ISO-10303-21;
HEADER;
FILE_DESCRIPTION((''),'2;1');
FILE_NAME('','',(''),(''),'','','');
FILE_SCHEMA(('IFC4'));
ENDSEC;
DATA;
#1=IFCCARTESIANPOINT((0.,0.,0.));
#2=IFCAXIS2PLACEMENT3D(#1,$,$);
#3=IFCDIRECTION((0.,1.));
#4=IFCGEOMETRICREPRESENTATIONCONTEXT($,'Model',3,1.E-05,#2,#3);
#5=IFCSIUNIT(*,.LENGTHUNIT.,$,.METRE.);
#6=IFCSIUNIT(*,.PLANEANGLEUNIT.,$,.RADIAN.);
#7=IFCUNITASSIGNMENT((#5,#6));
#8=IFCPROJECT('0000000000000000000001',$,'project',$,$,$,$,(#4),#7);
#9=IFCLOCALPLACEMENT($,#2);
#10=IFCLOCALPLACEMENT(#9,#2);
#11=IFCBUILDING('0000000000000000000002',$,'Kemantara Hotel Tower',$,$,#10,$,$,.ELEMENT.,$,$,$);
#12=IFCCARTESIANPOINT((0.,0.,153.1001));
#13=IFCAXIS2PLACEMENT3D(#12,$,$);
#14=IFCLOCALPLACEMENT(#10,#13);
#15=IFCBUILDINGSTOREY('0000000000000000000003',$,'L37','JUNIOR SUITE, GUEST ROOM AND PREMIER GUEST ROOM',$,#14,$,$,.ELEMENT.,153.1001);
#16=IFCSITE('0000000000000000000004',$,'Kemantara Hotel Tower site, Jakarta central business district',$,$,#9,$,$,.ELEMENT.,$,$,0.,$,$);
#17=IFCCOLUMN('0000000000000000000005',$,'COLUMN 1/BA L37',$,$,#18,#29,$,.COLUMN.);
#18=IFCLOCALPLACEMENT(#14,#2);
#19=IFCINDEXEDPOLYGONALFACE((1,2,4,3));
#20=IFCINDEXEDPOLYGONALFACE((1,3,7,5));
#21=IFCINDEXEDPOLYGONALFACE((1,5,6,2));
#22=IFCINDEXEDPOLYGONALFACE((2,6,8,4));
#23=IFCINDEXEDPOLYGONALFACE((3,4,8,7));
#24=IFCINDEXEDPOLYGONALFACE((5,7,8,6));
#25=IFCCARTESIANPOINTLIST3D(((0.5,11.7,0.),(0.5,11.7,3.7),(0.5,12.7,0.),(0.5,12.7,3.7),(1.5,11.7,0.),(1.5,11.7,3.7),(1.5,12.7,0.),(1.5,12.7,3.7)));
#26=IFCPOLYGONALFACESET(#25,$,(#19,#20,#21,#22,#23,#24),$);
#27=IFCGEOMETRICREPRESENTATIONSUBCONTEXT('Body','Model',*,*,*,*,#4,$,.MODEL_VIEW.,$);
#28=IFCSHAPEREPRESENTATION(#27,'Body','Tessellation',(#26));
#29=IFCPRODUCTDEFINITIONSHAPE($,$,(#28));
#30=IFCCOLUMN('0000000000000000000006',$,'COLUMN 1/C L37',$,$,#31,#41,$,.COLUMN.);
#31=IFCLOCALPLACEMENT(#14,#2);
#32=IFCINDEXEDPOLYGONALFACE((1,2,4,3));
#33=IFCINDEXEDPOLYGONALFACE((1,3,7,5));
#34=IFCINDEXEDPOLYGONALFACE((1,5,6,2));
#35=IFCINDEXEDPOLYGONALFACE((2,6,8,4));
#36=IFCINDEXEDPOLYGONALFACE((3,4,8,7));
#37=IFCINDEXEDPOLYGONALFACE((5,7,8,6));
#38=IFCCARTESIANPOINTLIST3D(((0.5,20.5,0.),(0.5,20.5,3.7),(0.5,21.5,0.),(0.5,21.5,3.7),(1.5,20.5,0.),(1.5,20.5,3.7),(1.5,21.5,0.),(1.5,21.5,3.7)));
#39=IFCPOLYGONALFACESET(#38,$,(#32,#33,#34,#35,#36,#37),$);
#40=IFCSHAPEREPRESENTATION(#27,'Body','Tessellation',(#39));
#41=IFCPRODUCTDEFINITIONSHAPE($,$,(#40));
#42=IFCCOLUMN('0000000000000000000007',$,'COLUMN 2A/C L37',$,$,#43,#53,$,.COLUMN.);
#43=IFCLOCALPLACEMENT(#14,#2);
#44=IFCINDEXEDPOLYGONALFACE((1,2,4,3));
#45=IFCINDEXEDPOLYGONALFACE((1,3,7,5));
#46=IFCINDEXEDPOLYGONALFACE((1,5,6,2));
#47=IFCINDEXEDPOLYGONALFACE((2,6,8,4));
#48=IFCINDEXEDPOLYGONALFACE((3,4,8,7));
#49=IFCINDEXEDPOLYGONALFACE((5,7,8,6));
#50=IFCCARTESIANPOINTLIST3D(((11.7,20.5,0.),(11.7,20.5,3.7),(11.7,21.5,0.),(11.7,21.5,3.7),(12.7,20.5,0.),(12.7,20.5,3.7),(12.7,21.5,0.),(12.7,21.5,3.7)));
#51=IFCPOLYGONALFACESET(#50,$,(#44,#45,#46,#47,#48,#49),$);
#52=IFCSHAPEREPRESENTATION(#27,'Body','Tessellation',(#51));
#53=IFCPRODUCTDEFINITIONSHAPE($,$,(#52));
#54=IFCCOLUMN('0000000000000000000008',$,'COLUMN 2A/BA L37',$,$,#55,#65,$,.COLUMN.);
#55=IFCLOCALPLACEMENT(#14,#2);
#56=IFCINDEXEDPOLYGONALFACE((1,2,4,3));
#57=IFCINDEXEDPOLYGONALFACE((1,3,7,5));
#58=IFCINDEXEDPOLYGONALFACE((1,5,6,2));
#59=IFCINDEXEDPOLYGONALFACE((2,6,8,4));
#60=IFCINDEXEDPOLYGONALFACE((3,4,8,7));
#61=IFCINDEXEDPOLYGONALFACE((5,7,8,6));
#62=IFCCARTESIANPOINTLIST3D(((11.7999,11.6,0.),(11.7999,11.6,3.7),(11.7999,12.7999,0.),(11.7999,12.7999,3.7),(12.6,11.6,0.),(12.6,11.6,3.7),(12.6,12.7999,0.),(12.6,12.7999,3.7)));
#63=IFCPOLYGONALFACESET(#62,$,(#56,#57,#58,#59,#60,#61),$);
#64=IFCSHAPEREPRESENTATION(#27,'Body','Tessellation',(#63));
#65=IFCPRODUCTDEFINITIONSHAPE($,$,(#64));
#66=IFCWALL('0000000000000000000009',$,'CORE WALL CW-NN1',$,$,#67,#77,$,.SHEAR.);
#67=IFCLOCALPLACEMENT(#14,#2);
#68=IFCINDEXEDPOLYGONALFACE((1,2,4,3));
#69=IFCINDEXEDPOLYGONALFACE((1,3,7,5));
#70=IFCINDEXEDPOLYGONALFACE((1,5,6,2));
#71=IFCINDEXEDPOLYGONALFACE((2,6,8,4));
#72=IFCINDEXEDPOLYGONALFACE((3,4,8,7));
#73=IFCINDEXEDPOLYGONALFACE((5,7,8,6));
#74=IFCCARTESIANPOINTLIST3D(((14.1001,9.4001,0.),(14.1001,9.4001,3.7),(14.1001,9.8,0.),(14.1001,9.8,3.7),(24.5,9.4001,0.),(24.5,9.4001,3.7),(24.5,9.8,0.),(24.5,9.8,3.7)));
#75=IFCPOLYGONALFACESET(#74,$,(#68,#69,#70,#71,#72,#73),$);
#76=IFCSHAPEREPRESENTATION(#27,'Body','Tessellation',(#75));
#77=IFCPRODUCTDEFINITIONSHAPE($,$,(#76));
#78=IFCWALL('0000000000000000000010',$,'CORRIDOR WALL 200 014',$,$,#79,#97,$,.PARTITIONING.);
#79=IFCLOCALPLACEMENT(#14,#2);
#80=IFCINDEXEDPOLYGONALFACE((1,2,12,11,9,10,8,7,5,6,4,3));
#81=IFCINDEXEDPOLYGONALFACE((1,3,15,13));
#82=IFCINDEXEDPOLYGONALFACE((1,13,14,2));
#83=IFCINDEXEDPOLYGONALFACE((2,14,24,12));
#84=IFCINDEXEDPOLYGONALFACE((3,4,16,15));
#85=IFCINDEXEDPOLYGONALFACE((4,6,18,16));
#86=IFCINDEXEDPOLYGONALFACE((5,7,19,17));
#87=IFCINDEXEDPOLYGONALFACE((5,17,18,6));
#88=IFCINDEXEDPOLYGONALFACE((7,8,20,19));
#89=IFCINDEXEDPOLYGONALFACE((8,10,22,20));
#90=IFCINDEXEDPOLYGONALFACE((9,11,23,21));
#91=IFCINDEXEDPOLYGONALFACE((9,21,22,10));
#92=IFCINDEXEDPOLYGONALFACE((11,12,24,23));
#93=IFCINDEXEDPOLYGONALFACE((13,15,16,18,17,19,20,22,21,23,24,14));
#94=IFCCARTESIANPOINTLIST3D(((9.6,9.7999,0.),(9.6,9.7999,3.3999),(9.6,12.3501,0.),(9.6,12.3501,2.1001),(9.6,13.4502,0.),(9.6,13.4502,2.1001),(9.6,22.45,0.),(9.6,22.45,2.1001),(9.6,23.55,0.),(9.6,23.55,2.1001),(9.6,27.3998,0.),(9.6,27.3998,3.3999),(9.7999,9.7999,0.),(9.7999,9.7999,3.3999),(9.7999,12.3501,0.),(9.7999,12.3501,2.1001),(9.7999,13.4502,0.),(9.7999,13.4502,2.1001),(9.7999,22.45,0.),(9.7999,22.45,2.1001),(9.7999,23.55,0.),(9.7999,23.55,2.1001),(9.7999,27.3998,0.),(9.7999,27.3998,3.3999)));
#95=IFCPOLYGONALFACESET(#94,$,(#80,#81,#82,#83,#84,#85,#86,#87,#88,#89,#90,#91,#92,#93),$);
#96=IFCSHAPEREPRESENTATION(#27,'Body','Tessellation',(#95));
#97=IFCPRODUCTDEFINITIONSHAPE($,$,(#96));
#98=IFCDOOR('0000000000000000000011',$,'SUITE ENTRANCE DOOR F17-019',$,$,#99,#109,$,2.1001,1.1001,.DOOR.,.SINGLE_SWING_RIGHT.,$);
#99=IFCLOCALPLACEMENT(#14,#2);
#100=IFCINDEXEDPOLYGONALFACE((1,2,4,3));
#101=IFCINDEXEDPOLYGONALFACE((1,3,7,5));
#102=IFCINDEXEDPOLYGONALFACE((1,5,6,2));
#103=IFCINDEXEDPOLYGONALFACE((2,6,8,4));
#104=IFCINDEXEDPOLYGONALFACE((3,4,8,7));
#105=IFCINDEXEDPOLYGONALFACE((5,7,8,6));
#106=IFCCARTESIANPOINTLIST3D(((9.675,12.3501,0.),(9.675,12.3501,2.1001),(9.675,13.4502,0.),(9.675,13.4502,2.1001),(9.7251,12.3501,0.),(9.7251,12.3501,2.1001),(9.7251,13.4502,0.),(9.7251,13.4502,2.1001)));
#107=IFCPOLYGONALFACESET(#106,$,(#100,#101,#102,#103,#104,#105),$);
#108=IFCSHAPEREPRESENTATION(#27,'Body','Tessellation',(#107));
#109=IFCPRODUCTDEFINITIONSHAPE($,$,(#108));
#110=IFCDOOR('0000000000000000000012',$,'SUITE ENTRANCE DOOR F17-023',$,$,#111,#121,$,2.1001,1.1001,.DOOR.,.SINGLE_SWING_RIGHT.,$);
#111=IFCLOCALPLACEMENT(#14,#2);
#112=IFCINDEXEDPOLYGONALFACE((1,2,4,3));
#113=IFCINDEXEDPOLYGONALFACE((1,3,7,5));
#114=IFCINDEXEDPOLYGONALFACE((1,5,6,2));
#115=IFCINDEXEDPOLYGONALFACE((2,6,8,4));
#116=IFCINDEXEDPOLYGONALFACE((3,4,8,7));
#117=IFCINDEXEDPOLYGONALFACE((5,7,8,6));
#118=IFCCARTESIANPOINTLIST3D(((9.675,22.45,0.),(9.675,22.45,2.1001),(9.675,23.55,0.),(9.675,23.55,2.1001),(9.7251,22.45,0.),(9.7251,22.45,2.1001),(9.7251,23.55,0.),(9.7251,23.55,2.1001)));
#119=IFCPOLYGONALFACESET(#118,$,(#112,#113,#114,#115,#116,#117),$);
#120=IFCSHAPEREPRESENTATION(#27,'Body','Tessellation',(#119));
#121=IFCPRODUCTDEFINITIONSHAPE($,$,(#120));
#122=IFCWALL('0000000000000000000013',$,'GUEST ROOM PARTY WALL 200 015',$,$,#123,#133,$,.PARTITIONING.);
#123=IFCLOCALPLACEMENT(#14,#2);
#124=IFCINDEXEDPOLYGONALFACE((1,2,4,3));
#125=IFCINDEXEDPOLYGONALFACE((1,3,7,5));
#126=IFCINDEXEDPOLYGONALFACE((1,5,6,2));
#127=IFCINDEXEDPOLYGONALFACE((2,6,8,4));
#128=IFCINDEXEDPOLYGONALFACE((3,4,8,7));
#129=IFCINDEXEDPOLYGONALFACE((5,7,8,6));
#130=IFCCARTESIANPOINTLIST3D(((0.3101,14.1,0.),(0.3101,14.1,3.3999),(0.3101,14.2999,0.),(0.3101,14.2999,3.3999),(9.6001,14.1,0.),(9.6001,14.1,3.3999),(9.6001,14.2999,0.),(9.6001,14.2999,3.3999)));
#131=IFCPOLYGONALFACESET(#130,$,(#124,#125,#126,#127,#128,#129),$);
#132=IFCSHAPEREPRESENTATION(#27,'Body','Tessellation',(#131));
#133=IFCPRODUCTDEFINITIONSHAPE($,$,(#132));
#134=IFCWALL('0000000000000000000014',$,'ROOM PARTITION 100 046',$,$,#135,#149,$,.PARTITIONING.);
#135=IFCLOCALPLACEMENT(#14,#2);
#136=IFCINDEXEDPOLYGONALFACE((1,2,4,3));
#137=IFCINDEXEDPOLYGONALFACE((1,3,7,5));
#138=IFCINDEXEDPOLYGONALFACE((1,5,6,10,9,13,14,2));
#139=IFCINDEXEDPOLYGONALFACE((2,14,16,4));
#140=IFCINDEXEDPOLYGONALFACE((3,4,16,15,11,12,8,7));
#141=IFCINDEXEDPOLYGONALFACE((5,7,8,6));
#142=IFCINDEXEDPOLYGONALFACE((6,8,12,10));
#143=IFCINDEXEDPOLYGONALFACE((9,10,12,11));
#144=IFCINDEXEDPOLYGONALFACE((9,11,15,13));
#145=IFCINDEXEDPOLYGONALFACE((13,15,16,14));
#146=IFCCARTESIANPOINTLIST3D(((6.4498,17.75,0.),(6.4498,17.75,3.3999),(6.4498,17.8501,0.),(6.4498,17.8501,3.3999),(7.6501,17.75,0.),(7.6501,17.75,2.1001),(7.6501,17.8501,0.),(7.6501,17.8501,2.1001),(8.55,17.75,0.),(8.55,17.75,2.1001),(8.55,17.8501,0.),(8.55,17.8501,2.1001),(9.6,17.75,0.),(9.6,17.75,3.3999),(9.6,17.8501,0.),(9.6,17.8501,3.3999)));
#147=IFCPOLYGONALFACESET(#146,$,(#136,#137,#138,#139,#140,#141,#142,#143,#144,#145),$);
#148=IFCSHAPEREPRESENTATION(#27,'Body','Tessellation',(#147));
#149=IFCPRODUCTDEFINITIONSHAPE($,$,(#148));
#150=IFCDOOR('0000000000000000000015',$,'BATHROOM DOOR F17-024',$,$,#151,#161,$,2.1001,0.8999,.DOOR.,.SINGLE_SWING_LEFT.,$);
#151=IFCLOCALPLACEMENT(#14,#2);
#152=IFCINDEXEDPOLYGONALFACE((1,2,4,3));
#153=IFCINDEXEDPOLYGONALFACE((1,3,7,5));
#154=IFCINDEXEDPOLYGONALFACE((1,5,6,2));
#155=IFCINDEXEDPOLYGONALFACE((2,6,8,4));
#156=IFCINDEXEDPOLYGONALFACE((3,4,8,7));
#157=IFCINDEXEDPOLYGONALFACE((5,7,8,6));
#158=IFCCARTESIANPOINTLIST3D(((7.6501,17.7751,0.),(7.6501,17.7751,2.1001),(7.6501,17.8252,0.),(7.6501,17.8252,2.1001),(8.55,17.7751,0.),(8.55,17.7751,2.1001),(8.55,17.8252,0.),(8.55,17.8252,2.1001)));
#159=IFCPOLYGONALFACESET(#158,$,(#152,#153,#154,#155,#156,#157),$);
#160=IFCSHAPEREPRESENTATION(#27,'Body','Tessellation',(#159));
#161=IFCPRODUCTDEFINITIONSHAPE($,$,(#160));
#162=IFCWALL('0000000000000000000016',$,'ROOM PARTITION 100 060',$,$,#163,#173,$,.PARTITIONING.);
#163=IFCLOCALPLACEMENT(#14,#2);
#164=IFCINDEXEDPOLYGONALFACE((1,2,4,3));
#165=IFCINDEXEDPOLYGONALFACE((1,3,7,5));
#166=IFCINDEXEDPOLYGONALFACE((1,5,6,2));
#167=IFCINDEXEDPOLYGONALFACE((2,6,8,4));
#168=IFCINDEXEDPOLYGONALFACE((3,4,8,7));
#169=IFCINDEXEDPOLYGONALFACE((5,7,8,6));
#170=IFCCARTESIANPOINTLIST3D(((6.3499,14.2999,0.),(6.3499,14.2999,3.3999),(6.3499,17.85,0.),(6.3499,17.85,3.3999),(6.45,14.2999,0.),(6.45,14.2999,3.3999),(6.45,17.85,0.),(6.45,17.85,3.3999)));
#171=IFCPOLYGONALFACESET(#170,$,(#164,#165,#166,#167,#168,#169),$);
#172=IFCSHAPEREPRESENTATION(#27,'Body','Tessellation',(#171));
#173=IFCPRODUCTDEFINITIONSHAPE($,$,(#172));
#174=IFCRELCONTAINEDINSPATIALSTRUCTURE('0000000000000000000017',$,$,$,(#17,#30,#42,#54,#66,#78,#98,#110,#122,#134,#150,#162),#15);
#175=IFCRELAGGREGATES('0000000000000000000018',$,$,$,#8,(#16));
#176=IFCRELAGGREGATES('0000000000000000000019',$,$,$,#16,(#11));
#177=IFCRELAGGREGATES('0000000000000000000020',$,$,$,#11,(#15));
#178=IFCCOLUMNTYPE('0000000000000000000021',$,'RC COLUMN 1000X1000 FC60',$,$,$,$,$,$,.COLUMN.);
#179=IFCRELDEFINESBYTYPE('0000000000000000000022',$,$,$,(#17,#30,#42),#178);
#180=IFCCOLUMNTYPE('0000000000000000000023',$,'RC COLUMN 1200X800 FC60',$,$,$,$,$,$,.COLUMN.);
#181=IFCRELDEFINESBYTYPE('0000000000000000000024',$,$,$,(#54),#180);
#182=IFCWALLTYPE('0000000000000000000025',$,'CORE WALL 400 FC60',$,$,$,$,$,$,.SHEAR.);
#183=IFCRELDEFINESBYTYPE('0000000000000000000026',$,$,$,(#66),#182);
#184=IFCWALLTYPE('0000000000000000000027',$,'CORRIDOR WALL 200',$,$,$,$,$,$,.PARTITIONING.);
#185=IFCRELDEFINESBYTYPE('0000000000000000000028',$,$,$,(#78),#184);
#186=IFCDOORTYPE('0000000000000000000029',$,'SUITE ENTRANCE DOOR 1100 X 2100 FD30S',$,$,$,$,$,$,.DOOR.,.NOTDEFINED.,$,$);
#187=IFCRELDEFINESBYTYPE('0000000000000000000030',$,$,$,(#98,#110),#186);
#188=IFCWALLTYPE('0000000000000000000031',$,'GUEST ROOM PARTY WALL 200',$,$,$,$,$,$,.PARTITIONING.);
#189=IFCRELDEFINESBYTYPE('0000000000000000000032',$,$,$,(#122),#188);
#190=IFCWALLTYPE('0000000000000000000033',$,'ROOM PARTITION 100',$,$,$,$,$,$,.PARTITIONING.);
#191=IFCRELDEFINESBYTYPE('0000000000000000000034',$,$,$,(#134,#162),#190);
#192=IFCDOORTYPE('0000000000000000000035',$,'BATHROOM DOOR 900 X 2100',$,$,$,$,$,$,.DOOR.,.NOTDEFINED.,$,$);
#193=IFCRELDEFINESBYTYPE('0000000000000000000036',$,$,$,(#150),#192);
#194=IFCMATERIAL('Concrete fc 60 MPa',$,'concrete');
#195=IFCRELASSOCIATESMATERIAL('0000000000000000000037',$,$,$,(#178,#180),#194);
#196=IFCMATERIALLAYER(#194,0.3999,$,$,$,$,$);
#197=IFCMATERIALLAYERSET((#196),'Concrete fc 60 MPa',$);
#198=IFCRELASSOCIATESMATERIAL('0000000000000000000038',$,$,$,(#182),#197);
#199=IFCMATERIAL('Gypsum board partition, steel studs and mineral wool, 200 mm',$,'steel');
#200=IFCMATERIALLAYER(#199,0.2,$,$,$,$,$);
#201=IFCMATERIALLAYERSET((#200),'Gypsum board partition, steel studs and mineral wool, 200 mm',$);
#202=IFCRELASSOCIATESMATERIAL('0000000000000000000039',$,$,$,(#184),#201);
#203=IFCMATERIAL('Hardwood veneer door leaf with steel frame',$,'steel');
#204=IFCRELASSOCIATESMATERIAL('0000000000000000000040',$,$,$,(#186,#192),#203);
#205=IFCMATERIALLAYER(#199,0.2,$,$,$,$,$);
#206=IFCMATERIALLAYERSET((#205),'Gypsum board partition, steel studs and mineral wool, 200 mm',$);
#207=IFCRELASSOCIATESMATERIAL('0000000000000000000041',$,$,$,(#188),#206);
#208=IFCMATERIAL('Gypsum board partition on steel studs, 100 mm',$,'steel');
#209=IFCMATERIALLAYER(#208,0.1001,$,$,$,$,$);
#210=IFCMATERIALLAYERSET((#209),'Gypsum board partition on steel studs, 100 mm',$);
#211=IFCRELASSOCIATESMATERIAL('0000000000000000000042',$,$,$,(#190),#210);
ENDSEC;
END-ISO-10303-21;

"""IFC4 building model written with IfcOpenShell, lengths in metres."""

from ifc_helpers import new_model, si_unit, direction, frame, frame_2d, origin, origin_2d, place, context, subcontext, project, spatial, rectangle, extrude, material, layer, layer_set, material_profile, profile_set, type_object, element, fill, save


model = new_model("IFC4")

# Units and contexts
model_context = context("Model", 3, precision=1e-05, world=origin(), true_north=direction((0.0, 1.0)))
body_context = subcontext(model_context, "Body", "Model", "MODEL_VIEW")
ifc_project = project(units=[si_unit("LENGTHUNIT", "METRE"), si_unit("PLANEANGLEUNIT", "RADIAN")], contexts=[model_context])

# Site, building, storey
site_placement = place(None, origin())
site = spatial("IfcSite", under=ifc_project, at=site_placement, Name="Kemantara Hotel Tower site, Jakarta central business district", CompositionType="ELEMENT", RefElevation=0.0)
building_placement = place(site_placement, origin())
building = spatial("IfcBuilding", under=site, at=building_placement, Name="Kemantara Hotel Tower", CompositionType="ELEMENT")
storey_placement = place(building_placement, frame((0.0, 0.0, 153.1001)))
storey = spatial("IfcBuildingStorey", under=building, at=storey_placement, Name="L37", Description="JUNIOR SUITE, GUEST ROOM AND PREMIER GUEST ROOM", CompositionType="ELEMENT", Elevation=153.1001)

# Columns
ifc_material_1 = material(Name="Concrete fc 60 MPa", Category="concrete")
ifc_material_profile_1 = material_profile(ifc_material_1, rectangle(XDim=1.0, YDim=1.0, at=origin_2d()), Name="RC 1000X1000")
ifc_profile_set_1 = profile_set([ifc_material_profile_1], Name="Concrete fc 60 MPa")
column_type_1 = type_object("IfcColumnType", Name="RC COLUMN 1000X1000 FC60", PredefinedType="COLUMN", material=ifc_profile_set_1)
for number, where, z_axis, x_axis, name in (
    (1, (1.0, 12.2, 0.0), (0.0, 0.0, 1.0), (1.0, 0.0, 0.0), "COLUMN 1/BA L37"),
    (2, (1.0, 21.0, 0.0), (0.0, 0.0, 1.0), (1.0, 0.0, 0.0), "COLUMN 1/C L37"),
    (3, (12.2, 21.0, 0.0), (0.0, 0.0, 1.0), (1.0, 0.0, 0.0), "COLUMN 2A/C L37"),
):
    element("IfcColumn", number, at=place(storey_placement, frame(where, z_axis=z_axis, x_axis=x_axis)), inside=storey, type_object=column_type_1, Name=name, PredefinedType="COLUMN", context=body_context, shape_type="SweptSolid", body=[
        extrude(rectangle(XDim=1.0, YDim=1.0, at=origin_2d()), origin(), (0.0, 0.0, 1.0), 3.7),
    ])
ifc_material_profile_2 = material_profile(ifc_material_1, rectangle(XDim=1.2, YDim=0.8, at=origin_2d()), Name="RC 1200X800")
ifc_profile_set_2 = profile_set([ifc_material_profile_2], Name="Concrete fc 60 MPa")
column_type_2 = type_object("IfcColumnType", Name="RC COLUMN 1200X800 FC60", PredefinedType="COLUMN", material=ifc_profile_set_2)
column_placement = place(storey_placement, frame((12.2, 12.2, 0.0), z_axis=(0.0, 0.0, 1.0), x_axis=(0.0, 1.0, 0.0)))
element("IfcColumn", 4, at=column_placement, inside=storey, type_object=column_type_2, Name="COLUMN 2A/BA L37", PredefinedType="COLUMN", context=body_context, shape_type="SweptSolid", body=[
    extrude(rectangle(XDim=1.2, YDim=0.8, at=origin_2d()), origin(), (0.0, 0.0, 1.0), 3.7),
])

# Wall
ifc_layer_1 = layer(ifc_material_1, 0.3999)
ifc_layer_set_1 = layer_set([ifc_layer_1], Name="Concrete fc 60 MPa")
wall_type_1 = type_object("IfcWallType", Name="CORE WALL 400 FC60", PredefinedType="SHEAR", material=ifc_layer_set_1)
wall_1_placement = place(storey_placement, frame((14.1001, 9.6001, 0.0), z_axis=(0.0, 0.0, 1.0), x_axis=(1.0, 0.0, 0.0)))
element("IfcWall", 5, at=wall_1_placement, inside=storey, type_object=wall_type_1, Name="CORE WALL CW-NN1", PredefinedType="SHEAR", context=body_context, shape_type="SweptSolid", body=[
    extrude(rectangle(XDim=10.3999, YDim=0.3999, at=frame_2d((5.2, 0.0))), origin(), (0.0, 0.0, 1.0), 3.7),
])

# Wall, openings, doors
ifc_material_2 = material(Name="Gypsum board partition, steel studs and mineral wool, 200 mm", Category="steel")
ifc_layer_2 = layer(ifc_material_2, 0.2)
ifc_layer_set_2 = layer_set([ifc_layer_2], Name="Gypsum board partition, steel studs and mineral wool, 200 mm")
wall_type_2 = type_object("IfcWallType", Name="CORRIDOR WALL 200", PredefinedType="PARTITIONING", material=ifc_layer_set_2)
wall_2_placement = place(storey_placement, frame((9.7, 9.8, 0.0), z_axis=(0.0, 0.0, 1.0), x_axis=(0.0, 1.0, 0.0)))
wall_2 = element("IfcWall", 6, at=wall_2_placement, inside=storey, type_object=wall_type_2, Name="CORRIDOR WALL 200 014", PredefinedType="PARTITIONING", context=body_context, shape_type="SweptSolid", body=[
    extrude(rectangle(XDim=17.5999, YDim=0.2, at=frame_2d((8.7998, 0.0))), origin(), (0.0, 0.0, 1.0), 3.3999),
])
opening_1_placement = place(wall_2_placement, frame((2.55, 0.0, 0.0)))
opening_1 = element("IfcOpeningElement", 7, at=opening_1_placement, cuts=wall_2, PredefinedType="OPENING", context=body_context, shape_type="SweptSolid", body=[
    extrude(rectangle(XDim=1.1001, YDim=2.1001, at=frame_2d((0.55, 1.05))), frame((0.0, 0.1099, 0.0), z_axis=(0.0, -1.0, 0.0), x_axis=(1.0, 0.0, 0.0)), (0.0, 0.0, 1.0), 0.22),
])
opening_2_placement = place(wall_2_placement, frame((12.6499, 0.0, 0.0)))
opening_2 = element("IfcOpeningElement", 8, at=opening_2_placement, cuts=wall_2, PredefinedType="OPENING", context=body_context, shape_type="SweptSolid", body=[
    extrude(rectangle(XDim=1.1001, YDim=2.1001, at=frame_2d((0.55, 1.05))), frame((0.0, 0.1099, 0.0), z_axis=(0.0, -1.0, 0.0), x_axis=(1.0, 0.0, 0.0)), (0.0, 0.0, 1.0), 0.22),
])
ifc_material_3 = material(Name="Hardwood veneer door leaf with steel frame", Category="steel")
door_type_1 = type_object("IfcDoorType", Name="SUITE ENTRANCE DOOR 1100 X 2100 FD30S", OperationType="NOTDEFINED", PredefinedType="DOOR", material=ifc_material_3)
door_1_placement = place(opening_1_placement, origin())
door_1 = element("IfcDoor", 9, at=door_1_placement, inside=storey, type_object=door_type_1, Name="SUITE ENTRANCE DOOR F17-019", OperationType="SINGLE_SWING_RIGHT", OverallHeight=2.1001, OverallWidth=1.1001, PredefinedType="DOOR", context=body_context, shape_type="SweptSolid", body=[
    extrude(rectangle(XDim=1.1001, YDim=2.1001, at=frame_2d((0.55, 1.05))), frame((0.0, 0.0249, 0.0), z_axis=(0.0, -1.0, 0.0), x_axis=(1.0, 0.0, 0.0)), (0.0, 0.0, 1.0), 0.05),
])
fill(opening_1, door_1)
door_2_placement = place(opening_2_placement, origin())
door_2 = element("IfcDoor", 10, at=door_2_placement, inside=storey, type_object=door_type_1, Name="SUITE ENTRANCE DOOR F17-023", OperationType="SINGLE_SWING_RIGHT", OverallHeight=2.1001, OverallWidth=1.1001, PredefinedType="DOOR", context=body_context, shape_type="SweptSolid", body=[
    extrude(rectangle(XDim=1.1001, YDim=2.1001, at=frame_2d((0.55, 1.05))), frame((0.0, 0.0249, 0.0), z_axis=(0.0, -1.0, 0.0), x_axis=(1.0, 0.0, 0.0)), (0.0, 0.0, 1.0), 0.05),
])
fill(opening_2, door_2)

# Wall
ifc_layer_3 = layer(ifc_material_2, 0.2)
ifc_layer_set_3 = layer_set([ifc_layer_3], Name="Gypsum board partition, steel studs and mineral wool, 200 mm")
wall_type_3 = type_object("IfcWallType", Name="GUEST ROOM PARTY WALL 200", PredefinedType="PARTITIONING", material=ifc_layer_set_3)
wall_3_placement = place(storey_placement, frame((0.3101, 14.2, 0.0), z_axis=(0.0, 0.0, 1.0), x_axis=(1.0, 0.0, 0.0)))
element("IfcWall", 11, at=wall_3_placement, inside=storey, type_object=wall_type_3, Name="GUEST ROOM PARTY WALL 200 015", PredefinedType="PARTITIONING", context=body_context, shape_type="SweptSolid", body=[
    extrude(rectangle(XDim=9.29, YDim=0.2, at=frame_2d((4.645, 0.0))), origin(), (0.0, 0.0, 1.0), 3.3999),
])

# Wall, opening, door
ifc_material_4 = material(Name="Gypsum board partition on steel studs, 100 mm", Category="steel")
ifc_layer_4 = layer(ifc_material_4, 0.1001)
ifc_layer_set_4 = layer_set([ifc_layer_4], Name="Gypsum board partition on steel studs, 100 mm")
wall_type_4 = type_object("IfcWallType", Name="ROOM PARTITION 100", PredefinedType="PARTITIONING", material=ifc_layer_set_4)
wall_4_placement = place(storey_placement, frame((9.6001, 17.8, 0.0), z_axis=(0.0, 0.0, 1.0), x_axis=(-1.0, 0.0, 0.0)))
wall_4 = element("IfcWall", 12, at=wall_4_placement, inside=storey, type_object=wall_type_4, Name="ROOM PARTITION 100 046", PredefinedType="PARTITIONING", context=body_context, shape_type="SweptSolid", body=[
    extrude(rectangle(XDim=3.1501, YDim=0.1001, at=frame_2d((1.5752, 0.0))), origin(), (0.0, 0.0, 1.0), 3.3999),
])
opening_3_placement = place(wall_4_placement, frame((1.05, 0.0, 0.0)))
opening_3 = element("IfcOpeningElement", 13, at=opening_3_placement, cuts=wall_4, PredefinedType="OPENING", context=body_context, shape_type="SweptSolid", body=[
    extrude(rectangle(XDim=0.8999, YDim=2.1001, at=frame_2d((0.45, 1.05))), frame((0.0, 0.0601, 0.0), z_axis=(0.0, -1.0, 0.0), x_axis=(1.0, 0.0, 0.0)), (0.0, 0.0, 1.0), 0.1201),
])
door_type_2 = type_object("IfcDoorType", Name="BATHROOM DOOR 900 X 2100", OperationType="NOTDEFINED", PredefinedType="DOOR", material=ifc_material_3)
door_3_placement = place(opening_3_placement, origin())
door_3 = element("IfcDoor", 14, at=door_3_placement, inside=storey, type_object=door_type_2, Name="BATHROOM DOOR F17-024", OperationType="SINGLE_SWING_LEFT", OverallHeight=2.1001, OverallWidth=0.8999, PredefinedType="DOOR", context=body_context, shape_type="SweptSolid", body=[
    extrude(rectangle(XDim=0.8999, YDim=2.1001, at=frame_2d((0.45, 1.05))), frame((0.0, 0.0249, 0.0), z_axis=(0.0, -1.0, 0.0), x_axis=(1.0, 0.0, 0.0)), (0.0, 0.0, 1.0), 0.05),
])
fill(opening_3, door_3)

# Wall
wall_5_placement = place(storey_placement, frame((6.3999, 14.3, 0.0), z_axis=(0.0, 0.0, 1.0), x_axis=(0.0, 1.0, 0.0)))
element("IfcWall", 15, at=wall_5_placement, inside=storey, type_object=wall_type_4, Name="ROOM PARTITION 100 060", PredefinedType="PARTITIONING", context=body_context, shape_type="SweptSolid", body=[
    extrude(rectangle(XDim=3.55, YDim=0.1001, at=frame_2d((1.7749, 0.0))), origin(), (0.0, 0.0, 1.0), 3.3999),
])

save(model, "model.ifc")
